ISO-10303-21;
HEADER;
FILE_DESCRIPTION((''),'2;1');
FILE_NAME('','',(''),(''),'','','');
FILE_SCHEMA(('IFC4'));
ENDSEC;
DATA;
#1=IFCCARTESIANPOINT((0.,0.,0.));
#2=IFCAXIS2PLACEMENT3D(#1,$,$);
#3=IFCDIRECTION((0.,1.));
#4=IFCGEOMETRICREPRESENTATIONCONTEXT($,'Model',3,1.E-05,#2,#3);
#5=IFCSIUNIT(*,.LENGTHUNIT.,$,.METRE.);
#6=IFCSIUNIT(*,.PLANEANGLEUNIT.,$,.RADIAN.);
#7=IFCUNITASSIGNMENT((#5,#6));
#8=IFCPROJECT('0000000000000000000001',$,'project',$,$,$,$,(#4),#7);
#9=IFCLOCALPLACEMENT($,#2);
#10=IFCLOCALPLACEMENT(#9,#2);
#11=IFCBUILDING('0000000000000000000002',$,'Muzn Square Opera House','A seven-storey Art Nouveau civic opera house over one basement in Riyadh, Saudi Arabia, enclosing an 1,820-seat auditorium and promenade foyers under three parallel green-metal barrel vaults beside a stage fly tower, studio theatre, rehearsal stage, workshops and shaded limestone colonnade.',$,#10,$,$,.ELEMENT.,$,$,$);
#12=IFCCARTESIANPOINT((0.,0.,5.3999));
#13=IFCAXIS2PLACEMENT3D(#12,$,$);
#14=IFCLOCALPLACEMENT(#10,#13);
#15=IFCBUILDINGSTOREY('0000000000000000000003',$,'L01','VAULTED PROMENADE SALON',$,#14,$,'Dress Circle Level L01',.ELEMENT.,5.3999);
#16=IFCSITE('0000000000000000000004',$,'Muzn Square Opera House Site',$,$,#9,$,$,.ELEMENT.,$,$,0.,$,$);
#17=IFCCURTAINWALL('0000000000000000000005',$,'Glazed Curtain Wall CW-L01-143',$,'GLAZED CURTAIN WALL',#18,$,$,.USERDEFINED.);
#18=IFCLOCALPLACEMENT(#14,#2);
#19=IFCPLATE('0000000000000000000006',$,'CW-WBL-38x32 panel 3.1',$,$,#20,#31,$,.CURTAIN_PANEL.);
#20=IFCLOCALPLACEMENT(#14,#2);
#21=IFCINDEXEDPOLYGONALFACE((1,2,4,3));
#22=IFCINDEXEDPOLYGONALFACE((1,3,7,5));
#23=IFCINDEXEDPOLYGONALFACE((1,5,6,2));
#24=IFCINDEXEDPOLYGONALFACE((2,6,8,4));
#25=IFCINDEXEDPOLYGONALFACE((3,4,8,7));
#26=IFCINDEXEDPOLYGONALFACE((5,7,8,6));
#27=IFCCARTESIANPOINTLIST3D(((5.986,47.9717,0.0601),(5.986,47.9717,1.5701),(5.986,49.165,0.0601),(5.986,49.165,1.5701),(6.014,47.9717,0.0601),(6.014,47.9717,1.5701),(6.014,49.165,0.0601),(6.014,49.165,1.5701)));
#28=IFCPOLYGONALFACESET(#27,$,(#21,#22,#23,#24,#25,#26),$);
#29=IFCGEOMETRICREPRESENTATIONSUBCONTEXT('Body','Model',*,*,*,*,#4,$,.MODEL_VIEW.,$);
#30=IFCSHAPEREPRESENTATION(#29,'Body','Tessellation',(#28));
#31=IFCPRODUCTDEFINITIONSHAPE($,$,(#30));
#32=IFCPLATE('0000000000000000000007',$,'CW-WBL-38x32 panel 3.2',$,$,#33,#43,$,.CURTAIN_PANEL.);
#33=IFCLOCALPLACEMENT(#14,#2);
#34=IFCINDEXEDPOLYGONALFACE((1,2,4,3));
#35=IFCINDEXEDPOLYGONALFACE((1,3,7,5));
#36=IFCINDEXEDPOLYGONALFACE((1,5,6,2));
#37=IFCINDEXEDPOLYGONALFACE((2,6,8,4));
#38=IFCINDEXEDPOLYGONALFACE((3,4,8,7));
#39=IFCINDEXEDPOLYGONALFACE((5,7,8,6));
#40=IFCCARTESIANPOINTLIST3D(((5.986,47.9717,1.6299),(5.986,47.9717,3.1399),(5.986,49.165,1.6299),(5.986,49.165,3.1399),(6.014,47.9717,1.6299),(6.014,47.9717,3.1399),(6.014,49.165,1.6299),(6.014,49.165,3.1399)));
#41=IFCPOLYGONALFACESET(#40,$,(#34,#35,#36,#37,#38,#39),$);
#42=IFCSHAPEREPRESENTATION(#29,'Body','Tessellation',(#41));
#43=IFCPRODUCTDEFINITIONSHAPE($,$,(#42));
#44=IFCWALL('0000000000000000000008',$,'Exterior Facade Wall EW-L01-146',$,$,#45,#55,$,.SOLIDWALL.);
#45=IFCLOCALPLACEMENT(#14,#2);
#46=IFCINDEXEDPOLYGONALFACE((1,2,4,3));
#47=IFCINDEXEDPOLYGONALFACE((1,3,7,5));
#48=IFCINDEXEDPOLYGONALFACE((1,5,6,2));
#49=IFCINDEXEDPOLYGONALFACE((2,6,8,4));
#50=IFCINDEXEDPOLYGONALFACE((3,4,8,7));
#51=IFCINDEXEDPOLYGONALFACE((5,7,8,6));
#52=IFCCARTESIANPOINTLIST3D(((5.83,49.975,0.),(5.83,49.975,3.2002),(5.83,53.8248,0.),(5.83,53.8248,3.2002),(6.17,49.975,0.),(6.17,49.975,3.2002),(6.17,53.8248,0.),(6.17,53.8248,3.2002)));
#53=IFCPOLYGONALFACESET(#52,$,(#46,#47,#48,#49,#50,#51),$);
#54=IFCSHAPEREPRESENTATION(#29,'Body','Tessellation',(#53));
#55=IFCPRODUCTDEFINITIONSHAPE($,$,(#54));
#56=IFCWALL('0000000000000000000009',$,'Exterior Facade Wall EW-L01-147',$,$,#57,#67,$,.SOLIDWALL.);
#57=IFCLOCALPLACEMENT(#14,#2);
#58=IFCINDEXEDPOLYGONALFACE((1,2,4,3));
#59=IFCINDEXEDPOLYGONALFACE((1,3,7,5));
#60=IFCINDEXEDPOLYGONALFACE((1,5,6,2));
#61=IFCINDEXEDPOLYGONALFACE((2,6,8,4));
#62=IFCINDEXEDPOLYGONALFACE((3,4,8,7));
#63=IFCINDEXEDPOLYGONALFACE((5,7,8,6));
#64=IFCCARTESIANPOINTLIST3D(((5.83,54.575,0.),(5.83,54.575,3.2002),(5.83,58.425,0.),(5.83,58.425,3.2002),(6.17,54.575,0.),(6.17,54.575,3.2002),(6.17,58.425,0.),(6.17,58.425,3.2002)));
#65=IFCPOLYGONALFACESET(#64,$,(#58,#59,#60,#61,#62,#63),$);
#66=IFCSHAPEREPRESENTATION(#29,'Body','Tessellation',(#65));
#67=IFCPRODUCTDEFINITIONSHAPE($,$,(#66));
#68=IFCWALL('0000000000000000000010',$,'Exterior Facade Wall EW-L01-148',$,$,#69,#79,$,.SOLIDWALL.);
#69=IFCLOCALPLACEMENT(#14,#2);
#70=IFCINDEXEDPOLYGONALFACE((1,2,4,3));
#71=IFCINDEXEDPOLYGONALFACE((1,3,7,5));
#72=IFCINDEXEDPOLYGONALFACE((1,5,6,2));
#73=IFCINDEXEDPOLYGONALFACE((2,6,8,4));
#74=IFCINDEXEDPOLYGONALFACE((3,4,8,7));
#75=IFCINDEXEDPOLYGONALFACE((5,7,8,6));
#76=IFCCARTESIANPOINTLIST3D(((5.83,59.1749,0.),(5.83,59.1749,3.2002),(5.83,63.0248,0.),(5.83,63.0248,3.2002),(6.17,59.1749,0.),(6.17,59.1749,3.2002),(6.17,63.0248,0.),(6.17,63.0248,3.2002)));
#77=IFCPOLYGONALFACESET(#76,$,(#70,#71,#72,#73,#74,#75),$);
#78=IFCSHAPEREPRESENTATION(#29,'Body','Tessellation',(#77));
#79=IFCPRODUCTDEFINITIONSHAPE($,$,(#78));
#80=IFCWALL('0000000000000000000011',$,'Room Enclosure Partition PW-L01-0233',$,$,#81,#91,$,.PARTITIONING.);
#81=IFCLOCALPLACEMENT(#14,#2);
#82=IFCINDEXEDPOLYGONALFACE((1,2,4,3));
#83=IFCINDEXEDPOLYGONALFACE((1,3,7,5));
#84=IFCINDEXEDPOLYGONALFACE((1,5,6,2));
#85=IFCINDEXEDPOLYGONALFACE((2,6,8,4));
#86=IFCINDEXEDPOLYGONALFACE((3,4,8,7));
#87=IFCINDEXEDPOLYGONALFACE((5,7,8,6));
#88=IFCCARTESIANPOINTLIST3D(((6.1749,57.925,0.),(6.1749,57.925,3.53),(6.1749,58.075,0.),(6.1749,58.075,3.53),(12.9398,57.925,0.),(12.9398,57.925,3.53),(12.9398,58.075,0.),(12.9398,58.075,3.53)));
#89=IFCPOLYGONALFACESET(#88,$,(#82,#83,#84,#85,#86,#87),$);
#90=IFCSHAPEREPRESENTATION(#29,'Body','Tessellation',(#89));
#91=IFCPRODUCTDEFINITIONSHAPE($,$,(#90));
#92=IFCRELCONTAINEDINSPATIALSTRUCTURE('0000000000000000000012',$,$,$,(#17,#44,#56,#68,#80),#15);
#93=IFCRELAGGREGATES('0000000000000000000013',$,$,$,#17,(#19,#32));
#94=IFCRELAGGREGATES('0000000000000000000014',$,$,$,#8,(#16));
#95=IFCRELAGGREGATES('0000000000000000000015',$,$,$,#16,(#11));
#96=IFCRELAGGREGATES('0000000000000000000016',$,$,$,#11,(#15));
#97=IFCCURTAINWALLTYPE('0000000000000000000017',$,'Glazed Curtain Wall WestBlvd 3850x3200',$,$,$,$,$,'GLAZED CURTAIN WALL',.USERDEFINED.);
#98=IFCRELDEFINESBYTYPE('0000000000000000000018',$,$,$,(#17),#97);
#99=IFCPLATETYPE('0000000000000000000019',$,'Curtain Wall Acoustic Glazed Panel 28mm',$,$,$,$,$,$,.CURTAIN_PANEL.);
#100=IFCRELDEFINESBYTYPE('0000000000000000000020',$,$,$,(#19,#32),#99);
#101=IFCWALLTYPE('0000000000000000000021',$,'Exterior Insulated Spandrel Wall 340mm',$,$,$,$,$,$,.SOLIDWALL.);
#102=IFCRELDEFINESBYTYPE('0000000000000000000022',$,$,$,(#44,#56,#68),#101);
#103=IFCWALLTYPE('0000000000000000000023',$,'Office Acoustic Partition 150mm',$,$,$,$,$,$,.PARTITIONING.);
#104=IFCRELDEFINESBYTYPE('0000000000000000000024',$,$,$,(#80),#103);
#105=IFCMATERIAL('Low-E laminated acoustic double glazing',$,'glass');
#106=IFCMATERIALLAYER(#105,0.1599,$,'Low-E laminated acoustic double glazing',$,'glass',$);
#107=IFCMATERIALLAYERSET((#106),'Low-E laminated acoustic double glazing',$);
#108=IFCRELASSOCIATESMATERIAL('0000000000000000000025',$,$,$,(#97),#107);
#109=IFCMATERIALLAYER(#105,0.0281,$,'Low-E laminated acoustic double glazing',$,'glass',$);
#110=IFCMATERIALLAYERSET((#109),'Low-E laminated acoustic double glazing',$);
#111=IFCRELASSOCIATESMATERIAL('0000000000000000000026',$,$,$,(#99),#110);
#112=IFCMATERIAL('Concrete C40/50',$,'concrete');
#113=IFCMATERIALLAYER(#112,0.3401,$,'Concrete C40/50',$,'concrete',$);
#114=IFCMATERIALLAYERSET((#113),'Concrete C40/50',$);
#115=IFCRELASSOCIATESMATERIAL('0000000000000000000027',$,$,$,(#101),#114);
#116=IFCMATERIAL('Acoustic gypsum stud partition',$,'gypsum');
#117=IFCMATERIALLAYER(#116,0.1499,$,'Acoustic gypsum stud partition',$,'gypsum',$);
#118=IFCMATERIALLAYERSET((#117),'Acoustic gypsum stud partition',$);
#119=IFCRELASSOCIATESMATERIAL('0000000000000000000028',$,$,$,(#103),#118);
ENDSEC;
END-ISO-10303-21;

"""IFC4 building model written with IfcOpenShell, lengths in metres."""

from ifc_helpers import new_model, si_unit, direction, frame, frame_2d, origin, origin_2d, place, context, subcontext, project, spatial, rectangle, extrude, material, layer, layer_set, type_object, element, aggregate, save


model = new_model("IFC4")

# Units and contexts
model_context = context("Model", 3, precision=1e-05, world=origin(), true_north=direction((0.0, 1.0)))
body_context = subcontext(model_context, "Body", "Model", "MODEL_VIEW")
ifc_project = project(units=[si_unit("LENGTHUNIT", "METRE"), si_unit("PLANEANGLEUNIT", "RADIAN")], contexts=[model_context])

# Site, building, storey
site_placement = place(None, origin())
site = spatial("IfcSite", under=ifc_project, at=site_placement, Name="Muzn Square Opera House Site", CompositionType="ELEMENT", RefElevation=0.0)
building_placement = place(site_placement, origin())
building = spatial("IfcBuilding", under=site, at=building_placement, Name="Muzn Square Opera House", Description="A seven-storey Art Nouveau civic opera house over one basement in Riyadh, Saudi Arabia, enclosing an 1,820-seat auditorium and promenade foyers under three parallel green-metal barrel vaults beside a stage fly tower, studio theatre, rehearsal stage, workshops and shaded limestone colonnade.", CompositionType="ELEMENT")
storey_placement = place(building_placement, frame((0.0, 0.0, 5.3999)))
storey = spatial("IfcBuildingStorey", under=building, at=storey_placement, Name="L01", Description="VAULTED PROMENADE SALON", LongName="Dress Circle Level L01", CompositionType="ELEMENT", Elevation=5.3999)

# Curtain wall
ifc_material_1 = material(Name="Low-E laminated acoustic double glazing", Category="glass")
ifc_layer_1 = layer(ifc_material_1, 0.1599, Name="Low-E laminated acoustic double glazing", Category="glass")
ifc_layer_set_1 = layer_set([ifc_layer_1], Name="Low-E laminated acoustic double glazing")
curtain_wall_type = type_object("IfcCurtainWallType", Name="Glazed Curtain Wall WestBlvd 3850x3200", ElementType="GLAZED CURTAIN WALL", PredefinedType="USERDEFINED", material=ifc_layer_set_1)
curtain_wall_placement = place(storey_placement, origin())
curtain_wall = element("IfcCurtainWall", 1, at=curtain_wall_placement, inside=storey, type_object=curtain_wall_type, Name="Glazed Curtain Wall CW-L01-143", ObjectType="GLAZED CURTAIN WALL", PredefinedType="USERDEFINED")

# Shared definitions
ifc_material_2 = material(Name="Concrete C40/50", Category="concrete")

# Plates
ifc_layer_2 = layer(ifc_material_1, 0.0281, Name="Low-E laminated acoustic double glazing", Category="glass")
ifc_layer_set_2 = layer_set([ifc_layer_2], Name="Low-E laminated acoustic double glazing")
plate_type = type_object("IfcPlateType", Name="Curtain Wall Acoustic Glazed Panel 28mm", PredefinedType="CURTAIN_PANEL", material=ifc_layer_set_2)
plate_1_placement = place(storey_placement, frame((6.0, 48.5684, 0.0601), z_axis=(0.0, 0.0, 1.0), x_axis=(0.0, 1.0, 0.0)))
plate_1 = element("IfcPlate", 2, at=plate_1_placement, type_object=plate_type, Name="CW-WBL-38x32 panel 3.1", PredefinedType="CURTAIN_PANEL", context=body_context, shape_type="SweptSolid", body=[
    extrude(rectangle(XDim=1.1934, YDim=0.0281, at=origin_2d()), origin(), (0.0, 0.0, 1.0), 1.51),
])
plate_2_placement = place(storey_placement, frame((6.0, 48.5684, 1.6299), z_axis=(0.0, 0.0, 1.0), x_axis=(0.0, 1.0, 0.0)))
plate_2 = element("IfcPlate", 3, at=plate_2_placement, type_object=plate_type, Name="CW-WBL-38x32 panel 3.2", PredefinedType="CURTAIN_PANEL", context=body_context, shape_type="SweptSolid", body=[
    extrude(rectangle(XDim=1.1934, YDim=0.0281, at=origin_2d()), origin(), (0.0, 0.0, 1.0), 1.51),
])
aggregate(curtain_wall, [plate_1, plate_2])

# Walls
ifc_layer_3 = layer(ifc_material_2, 0.3401, Name="Concrete C40/50", Category="concrete")
ifc_layer_set_3 = layer_set([ifc_layer_3], Name="Concrete C40/50")
wall_type_1 = type_object("IfcWallType", Name="Exterior Insulated Spandrel Wall 340mm", PredefinedType="SOLIDWALL", material=ifc_layer_set_3)
wall_1_placement = place(storey_placement, frame((6.0, 49.9751, 0.0), z_axis=(0.0, 0.0, 1.0), x_axis=(0.0, 1.0, 0.0)))
element("IfcWall", 4, at=wall_1_placement, inside=storey, type_object=wall_type_1, Name="Exterior Facade Wall EW-L01-146", PredefinedType="SOLIDWALL", context=body_context, shape_type="SweptSolid", body=[
    extrude(rectangle(XDim=3.8499, YDim=0.3401, at=frame_2d((1.9248, 0.0))), origin(), (0.0, 0.0, 1.0), 3.2002),
])
wall_2_placement = place(storey_placement, frame((6.0, 54.575, 0.0), z_axis=(0.0, 0.0, 1.0), x_axis=(0.0, 1.0, 0.0)))
element("IfcWall", 5, at=wall_2_placement, inside=storey, type_object=wall_type_1, Name="Exterior Facade Wall EW-L01-147", PredefinedType="SOLIDWALL", context=body_context, shape_type="SweptSolid", body=[
    extrude(rectangle(XDim=3.8501, YDim=0.3401, at=frame_2d((1.925, 0.0))), origin(), (0.0, 0.0, 1.0), 3.2002),
])
wall_3_placement = place(storey_placement, frame((6.0, 59.175, 0.0), z_axis=(0.0, 0.0, 1.0), x_axis=(0.0, 1.0, 0.0)))
element("IfcWall", 6, at=wall_3_placement, inside=storey, type_object=wall_type_1, Name="Exterior Facade Wall EW-L01-148", PredefinedType="SOLIDWALL", context=body_context, shape_type="SweptSolid", body=[
    extrude(rectangle(XDim=3.8499, YDim=0.3401, at=frame_2d((1.9248, 0.0))), origin(), (0.0, 0.0, 1.0), 3.2002),
])
ifc_material_3 = material(Name="Acoustic gypsum stud partition", Category="gypsum")
ifc_layer_4 = layer(ifc_material_3, 0.1499, Name="Acoustic gypsum stud partition", Category="gypsum")
ifc_layer_set_4 = layer_set([ifc_layer_4], Name="Acoustic gypsum stud partition")
wall_type_2 = type_object("IfcWallType", Name="Office Acoustic Partition 150mm", PredefinedType="PARTITIONING", material=ifc_layer_set_4)
wall_4_placement = place(storey_placement, frame((6.175, 58.0, 0.0), z_axis=(0.0, 0.0, 1.0), x_axis=(1.0, 0.0, 0.0)))
element("IfcWall", 7, at=wall_4_placement, inside=storey, type_object=wall_type_2, Name="Room Enclosure Partition PW-L01-0233", PredefinedType="PARTITIONING", context=body_context, shape_type="SweptSolid", body=[
    extrude(rectangle(XDim=6.7649, YDim=0.1499, at=frame_2d((3.3823, 0.0))), origin(), (0.0, 0.0, 1.0), 3.53),
])

save(model, "model.ifc")
